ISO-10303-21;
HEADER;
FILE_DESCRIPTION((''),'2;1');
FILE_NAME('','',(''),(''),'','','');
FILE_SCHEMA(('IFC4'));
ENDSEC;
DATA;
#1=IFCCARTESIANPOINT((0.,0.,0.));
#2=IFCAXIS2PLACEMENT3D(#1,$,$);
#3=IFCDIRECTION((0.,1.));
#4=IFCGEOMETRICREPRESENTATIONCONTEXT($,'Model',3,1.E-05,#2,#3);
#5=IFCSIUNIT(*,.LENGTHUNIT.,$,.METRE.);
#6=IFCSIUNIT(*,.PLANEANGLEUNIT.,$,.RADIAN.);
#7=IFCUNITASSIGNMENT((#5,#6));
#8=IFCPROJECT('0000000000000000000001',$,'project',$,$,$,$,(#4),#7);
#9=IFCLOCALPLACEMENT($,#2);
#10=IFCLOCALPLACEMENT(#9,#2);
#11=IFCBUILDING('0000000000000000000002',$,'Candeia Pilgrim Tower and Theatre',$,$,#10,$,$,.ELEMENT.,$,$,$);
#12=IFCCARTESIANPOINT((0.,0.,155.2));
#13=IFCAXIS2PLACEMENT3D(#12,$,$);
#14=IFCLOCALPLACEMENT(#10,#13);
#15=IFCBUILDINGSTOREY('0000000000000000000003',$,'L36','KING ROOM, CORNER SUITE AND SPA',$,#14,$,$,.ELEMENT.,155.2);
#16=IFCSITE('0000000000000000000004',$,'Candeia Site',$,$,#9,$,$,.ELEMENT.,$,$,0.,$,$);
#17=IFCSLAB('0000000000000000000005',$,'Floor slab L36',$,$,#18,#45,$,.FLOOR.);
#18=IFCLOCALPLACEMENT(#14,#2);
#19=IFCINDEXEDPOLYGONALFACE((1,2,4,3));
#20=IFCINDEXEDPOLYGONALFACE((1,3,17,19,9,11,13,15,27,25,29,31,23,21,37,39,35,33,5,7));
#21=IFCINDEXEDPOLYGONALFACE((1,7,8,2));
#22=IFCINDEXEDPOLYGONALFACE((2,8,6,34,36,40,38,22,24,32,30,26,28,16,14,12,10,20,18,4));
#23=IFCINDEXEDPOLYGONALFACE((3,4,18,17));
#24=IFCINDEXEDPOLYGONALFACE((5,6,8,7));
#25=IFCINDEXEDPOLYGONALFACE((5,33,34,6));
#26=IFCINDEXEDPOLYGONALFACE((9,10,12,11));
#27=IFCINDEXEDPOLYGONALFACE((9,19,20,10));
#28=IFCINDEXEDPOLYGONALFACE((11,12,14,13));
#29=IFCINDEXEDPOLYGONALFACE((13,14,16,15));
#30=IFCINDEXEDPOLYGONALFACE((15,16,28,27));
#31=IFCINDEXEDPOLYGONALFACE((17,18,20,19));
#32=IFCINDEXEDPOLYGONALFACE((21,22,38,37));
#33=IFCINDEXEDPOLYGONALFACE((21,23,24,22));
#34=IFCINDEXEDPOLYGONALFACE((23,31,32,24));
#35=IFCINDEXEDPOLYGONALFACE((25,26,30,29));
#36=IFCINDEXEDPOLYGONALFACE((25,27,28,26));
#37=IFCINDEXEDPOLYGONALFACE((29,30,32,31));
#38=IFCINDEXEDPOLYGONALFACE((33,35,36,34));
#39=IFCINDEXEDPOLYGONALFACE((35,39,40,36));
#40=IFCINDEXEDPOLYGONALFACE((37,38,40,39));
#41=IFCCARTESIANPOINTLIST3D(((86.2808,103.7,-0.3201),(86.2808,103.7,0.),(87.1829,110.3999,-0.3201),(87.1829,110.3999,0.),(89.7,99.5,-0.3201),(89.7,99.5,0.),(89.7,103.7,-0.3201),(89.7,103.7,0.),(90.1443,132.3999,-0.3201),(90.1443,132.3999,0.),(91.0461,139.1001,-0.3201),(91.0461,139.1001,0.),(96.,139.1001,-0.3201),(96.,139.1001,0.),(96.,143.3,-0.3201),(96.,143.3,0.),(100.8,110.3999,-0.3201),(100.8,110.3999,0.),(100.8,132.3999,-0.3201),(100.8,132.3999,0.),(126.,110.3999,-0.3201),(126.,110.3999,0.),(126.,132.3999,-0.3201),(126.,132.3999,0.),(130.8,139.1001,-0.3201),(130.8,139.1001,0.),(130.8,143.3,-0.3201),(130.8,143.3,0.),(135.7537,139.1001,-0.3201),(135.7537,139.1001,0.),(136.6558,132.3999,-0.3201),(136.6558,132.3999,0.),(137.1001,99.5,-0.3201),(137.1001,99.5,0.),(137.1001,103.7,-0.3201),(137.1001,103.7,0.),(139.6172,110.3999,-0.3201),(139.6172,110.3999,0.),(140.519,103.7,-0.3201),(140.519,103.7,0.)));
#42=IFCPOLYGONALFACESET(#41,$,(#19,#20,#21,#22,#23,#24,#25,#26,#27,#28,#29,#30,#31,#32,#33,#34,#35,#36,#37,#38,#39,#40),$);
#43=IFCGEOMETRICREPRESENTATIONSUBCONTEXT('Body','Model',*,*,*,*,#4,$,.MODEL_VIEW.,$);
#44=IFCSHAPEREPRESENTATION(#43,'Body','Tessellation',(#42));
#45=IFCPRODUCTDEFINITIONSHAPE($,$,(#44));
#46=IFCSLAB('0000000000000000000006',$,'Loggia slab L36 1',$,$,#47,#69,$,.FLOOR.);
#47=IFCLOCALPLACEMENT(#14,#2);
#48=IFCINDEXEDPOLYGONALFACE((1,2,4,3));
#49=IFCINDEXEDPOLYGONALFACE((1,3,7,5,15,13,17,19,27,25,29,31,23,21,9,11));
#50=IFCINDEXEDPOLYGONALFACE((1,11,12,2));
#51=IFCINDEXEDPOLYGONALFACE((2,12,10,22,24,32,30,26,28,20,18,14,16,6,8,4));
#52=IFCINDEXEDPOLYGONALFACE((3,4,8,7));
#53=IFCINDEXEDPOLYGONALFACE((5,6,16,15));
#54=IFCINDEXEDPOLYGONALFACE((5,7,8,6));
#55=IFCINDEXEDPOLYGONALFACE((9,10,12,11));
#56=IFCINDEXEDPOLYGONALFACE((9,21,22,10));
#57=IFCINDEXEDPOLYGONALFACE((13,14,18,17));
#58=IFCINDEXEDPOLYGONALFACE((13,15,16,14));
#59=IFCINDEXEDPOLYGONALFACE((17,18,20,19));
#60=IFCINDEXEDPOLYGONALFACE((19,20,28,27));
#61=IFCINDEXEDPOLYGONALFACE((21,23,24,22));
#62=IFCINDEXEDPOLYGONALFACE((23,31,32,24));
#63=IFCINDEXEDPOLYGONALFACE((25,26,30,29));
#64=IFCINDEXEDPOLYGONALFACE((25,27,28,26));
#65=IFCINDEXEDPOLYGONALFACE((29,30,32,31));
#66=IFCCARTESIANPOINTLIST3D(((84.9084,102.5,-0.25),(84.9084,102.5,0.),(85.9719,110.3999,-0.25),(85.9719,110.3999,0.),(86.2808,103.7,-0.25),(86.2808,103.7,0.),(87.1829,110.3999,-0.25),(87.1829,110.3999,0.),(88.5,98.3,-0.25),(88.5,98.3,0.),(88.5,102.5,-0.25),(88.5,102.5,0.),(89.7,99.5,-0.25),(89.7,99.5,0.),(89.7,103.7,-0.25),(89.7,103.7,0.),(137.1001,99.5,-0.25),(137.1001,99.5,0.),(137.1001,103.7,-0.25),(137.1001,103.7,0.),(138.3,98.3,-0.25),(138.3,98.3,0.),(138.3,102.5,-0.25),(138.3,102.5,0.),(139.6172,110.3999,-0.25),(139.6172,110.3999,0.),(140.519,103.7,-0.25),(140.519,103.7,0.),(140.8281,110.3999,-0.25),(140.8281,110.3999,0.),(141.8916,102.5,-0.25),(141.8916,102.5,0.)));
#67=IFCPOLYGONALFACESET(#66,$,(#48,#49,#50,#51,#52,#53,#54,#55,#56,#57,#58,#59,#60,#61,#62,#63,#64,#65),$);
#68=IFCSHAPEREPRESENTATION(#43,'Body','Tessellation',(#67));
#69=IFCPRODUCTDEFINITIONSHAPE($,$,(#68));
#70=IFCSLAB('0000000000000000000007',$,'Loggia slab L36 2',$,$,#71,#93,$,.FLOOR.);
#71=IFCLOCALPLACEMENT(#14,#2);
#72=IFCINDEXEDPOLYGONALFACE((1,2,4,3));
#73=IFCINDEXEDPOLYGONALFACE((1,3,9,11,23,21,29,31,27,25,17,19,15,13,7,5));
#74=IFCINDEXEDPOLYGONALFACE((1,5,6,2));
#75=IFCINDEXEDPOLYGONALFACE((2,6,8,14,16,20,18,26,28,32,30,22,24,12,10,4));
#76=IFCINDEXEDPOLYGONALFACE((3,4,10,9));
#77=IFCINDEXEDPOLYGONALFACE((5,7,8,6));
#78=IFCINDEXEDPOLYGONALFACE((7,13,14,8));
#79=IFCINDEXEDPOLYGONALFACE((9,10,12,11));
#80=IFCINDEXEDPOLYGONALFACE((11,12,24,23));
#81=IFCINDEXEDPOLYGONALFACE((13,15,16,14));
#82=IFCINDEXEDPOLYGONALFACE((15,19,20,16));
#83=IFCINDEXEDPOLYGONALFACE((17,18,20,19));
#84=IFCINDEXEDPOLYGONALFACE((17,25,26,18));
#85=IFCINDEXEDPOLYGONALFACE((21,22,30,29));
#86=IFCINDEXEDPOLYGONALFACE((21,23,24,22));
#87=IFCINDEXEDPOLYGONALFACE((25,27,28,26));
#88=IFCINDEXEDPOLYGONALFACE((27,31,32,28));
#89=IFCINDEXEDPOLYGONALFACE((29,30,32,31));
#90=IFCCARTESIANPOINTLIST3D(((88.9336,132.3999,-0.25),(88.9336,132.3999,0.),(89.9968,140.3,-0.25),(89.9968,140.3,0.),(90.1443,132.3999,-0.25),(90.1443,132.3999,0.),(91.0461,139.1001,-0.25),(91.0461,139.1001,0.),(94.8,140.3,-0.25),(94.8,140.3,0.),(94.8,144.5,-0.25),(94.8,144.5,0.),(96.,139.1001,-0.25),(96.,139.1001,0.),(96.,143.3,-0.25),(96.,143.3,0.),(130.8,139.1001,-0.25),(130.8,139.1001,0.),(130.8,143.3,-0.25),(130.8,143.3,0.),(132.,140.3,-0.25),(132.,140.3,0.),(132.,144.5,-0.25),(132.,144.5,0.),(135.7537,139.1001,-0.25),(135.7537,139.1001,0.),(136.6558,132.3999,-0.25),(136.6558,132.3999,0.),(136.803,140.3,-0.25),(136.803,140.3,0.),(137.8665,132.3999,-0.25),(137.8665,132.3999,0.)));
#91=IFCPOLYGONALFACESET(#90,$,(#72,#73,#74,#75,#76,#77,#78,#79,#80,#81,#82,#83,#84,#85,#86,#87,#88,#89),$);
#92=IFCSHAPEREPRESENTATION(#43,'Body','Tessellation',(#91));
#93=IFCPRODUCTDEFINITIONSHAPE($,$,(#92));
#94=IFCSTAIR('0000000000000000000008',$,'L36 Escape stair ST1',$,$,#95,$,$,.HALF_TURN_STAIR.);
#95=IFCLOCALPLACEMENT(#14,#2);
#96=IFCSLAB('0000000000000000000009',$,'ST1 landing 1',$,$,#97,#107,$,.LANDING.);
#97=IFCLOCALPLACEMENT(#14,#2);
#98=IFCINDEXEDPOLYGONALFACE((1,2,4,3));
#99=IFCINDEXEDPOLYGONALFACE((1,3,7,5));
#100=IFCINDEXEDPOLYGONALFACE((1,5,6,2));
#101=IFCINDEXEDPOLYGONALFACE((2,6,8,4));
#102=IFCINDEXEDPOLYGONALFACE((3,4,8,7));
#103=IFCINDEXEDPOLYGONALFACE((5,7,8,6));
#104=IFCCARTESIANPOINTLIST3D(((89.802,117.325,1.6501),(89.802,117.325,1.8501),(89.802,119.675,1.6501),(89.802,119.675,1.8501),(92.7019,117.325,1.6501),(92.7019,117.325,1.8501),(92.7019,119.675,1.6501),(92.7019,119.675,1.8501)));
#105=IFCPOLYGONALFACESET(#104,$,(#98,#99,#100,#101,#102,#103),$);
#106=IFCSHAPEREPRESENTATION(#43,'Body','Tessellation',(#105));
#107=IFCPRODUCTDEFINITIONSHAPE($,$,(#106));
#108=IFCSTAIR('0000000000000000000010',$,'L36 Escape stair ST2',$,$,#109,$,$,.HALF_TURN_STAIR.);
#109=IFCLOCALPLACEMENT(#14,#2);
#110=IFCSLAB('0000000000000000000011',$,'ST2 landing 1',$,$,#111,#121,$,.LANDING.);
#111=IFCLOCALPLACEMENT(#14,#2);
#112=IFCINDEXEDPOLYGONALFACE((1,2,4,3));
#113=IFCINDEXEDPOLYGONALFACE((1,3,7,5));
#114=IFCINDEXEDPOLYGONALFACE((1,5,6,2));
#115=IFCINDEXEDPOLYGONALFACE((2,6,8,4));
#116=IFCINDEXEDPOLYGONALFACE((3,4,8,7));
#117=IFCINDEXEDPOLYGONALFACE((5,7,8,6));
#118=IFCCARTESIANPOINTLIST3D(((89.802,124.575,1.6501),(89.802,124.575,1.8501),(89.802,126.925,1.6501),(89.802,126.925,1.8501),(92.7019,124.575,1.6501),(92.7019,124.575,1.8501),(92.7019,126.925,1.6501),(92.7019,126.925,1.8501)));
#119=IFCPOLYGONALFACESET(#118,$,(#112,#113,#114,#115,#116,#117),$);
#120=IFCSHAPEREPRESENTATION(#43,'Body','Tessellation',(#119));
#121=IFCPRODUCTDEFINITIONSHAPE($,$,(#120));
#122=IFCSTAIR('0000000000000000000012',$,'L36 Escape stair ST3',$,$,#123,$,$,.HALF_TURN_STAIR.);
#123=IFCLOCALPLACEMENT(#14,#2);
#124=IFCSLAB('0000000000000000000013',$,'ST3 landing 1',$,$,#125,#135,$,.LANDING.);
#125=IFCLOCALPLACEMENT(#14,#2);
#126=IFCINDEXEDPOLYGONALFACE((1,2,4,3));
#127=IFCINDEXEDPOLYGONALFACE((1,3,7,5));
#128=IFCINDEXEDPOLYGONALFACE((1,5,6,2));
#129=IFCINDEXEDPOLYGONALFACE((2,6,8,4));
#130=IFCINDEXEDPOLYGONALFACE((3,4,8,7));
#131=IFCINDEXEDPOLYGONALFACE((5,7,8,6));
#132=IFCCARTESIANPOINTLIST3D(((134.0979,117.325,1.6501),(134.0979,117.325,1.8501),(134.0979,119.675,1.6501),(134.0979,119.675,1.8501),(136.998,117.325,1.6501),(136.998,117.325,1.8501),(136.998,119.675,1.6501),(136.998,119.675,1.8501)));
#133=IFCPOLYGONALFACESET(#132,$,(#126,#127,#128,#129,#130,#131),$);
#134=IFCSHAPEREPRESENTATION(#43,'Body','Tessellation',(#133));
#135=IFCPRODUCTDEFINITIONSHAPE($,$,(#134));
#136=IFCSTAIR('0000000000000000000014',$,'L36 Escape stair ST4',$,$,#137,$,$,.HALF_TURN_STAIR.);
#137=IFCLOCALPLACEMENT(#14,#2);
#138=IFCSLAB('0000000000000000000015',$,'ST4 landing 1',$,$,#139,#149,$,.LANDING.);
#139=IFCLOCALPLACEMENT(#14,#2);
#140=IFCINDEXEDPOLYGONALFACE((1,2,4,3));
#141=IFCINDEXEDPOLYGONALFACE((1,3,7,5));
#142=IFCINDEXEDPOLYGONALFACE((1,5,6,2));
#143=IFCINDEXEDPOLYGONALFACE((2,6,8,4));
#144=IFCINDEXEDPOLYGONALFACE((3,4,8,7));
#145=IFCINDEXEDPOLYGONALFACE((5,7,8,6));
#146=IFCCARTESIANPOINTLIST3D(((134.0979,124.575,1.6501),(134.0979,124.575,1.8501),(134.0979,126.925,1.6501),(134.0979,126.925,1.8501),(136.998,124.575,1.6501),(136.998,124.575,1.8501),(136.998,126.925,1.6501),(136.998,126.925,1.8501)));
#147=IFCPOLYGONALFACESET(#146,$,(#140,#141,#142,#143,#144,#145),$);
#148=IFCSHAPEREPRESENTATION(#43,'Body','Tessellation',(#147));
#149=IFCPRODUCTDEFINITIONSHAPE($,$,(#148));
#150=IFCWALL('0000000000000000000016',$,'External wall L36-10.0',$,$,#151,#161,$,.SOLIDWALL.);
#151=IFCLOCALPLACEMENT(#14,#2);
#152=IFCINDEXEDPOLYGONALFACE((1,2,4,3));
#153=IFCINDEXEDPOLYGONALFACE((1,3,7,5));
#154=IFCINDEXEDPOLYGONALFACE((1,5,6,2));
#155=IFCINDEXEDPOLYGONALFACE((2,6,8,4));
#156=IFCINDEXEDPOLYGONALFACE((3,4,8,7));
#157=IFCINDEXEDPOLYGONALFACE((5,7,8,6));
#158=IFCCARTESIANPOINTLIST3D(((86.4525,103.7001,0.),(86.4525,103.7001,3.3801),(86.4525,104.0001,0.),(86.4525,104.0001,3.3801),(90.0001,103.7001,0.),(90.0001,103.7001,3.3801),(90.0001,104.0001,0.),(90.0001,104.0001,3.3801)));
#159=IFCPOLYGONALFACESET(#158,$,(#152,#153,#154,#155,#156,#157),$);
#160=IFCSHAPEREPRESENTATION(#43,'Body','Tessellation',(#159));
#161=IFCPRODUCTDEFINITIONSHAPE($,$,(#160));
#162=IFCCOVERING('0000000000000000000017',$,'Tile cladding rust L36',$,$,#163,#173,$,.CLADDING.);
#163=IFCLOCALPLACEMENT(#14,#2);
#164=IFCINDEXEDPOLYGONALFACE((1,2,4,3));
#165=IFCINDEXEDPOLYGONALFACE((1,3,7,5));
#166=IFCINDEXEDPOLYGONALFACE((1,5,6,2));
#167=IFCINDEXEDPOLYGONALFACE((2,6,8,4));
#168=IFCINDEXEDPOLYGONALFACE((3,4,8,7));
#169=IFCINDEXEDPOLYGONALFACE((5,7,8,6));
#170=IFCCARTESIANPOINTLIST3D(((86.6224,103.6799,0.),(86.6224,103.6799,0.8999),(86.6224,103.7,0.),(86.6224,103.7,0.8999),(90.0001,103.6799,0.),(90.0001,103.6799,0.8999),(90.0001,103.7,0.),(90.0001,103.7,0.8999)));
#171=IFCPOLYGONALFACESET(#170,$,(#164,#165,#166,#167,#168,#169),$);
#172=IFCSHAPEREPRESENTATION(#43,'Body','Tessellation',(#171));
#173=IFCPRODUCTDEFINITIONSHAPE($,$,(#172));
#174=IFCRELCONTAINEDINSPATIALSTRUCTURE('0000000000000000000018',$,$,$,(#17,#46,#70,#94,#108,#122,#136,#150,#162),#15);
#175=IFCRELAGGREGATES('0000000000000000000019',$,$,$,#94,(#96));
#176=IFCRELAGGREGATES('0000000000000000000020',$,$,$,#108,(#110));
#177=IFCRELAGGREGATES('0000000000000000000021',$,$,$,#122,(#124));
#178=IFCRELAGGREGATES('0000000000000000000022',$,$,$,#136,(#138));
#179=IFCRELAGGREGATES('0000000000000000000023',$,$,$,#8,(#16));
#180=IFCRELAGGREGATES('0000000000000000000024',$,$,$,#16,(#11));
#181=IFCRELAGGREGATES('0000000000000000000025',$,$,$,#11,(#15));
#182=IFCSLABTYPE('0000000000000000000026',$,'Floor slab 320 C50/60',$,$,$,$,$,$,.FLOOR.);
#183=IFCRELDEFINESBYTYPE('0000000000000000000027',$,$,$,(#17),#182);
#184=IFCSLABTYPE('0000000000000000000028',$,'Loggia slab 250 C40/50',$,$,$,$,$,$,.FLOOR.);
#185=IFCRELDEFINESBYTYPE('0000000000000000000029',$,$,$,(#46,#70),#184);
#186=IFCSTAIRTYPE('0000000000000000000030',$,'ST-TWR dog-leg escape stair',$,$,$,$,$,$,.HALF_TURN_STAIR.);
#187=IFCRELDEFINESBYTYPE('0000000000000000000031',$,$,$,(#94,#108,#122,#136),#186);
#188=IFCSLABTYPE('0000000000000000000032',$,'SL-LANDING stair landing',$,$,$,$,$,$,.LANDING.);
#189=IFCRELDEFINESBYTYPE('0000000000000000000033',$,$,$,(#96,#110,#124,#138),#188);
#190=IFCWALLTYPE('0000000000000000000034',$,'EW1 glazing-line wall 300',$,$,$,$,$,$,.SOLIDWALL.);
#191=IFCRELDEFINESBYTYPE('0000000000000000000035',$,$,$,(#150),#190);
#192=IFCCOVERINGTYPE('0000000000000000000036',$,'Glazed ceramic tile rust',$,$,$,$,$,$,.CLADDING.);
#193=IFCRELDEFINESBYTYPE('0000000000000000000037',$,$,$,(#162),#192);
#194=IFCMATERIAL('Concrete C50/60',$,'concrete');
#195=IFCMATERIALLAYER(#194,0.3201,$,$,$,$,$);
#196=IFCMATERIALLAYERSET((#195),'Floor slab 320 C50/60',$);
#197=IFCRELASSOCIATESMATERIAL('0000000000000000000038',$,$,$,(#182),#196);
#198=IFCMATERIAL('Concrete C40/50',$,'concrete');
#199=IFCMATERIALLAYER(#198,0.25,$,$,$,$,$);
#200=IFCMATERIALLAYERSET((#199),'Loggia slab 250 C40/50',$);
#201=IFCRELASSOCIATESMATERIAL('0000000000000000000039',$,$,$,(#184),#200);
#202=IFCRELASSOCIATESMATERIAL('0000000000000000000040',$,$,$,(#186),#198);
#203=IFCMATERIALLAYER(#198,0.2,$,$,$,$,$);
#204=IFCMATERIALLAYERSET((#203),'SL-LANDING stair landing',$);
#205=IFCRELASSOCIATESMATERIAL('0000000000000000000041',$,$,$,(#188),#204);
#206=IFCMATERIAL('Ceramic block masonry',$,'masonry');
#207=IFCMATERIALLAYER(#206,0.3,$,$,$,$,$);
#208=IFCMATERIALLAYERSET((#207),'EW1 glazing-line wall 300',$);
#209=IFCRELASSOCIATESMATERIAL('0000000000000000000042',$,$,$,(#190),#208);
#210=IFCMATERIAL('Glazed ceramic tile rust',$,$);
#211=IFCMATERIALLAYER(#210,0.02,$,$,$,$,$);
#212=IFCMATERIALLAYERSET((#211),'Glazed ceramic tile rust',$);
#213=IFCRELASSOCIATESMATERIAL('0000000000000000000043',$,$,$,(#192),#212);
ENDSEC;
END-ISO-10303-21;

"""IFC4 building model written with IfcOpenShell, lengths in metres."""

from ifc_helpers import new_model, si_unit, direction, frame, frame_2d, origin, origin_2d, place, context, subcontext, project, spatial, polyline, rectangle, outline, extrude, material, layer, layer_set, type_object, element, aggregate, save


model = new_model("IFC4")

# Units and contexts
model_context = context("Model", 3, precision=1e-05, world=origin(), true_north=direction((0.0, 1.0)))
body_context = subcontext(model_context, "Body", "Model", "MODEL_VIEW")
ifc_project = project(units=[si_unit("LENGTHUNIT", "METRE"), si_unit("PLANEANGLEUNIT", "RADIAN")], contexts=[model_context])

# Site, building, storey
site_placement = place(None, origin())
site = spatial("IfcSite", under=ifc_project, at=site_placement, Name="Candeia Site", CompositionType="ELEMENT", RefElevation=0.0)
building_placement = place(site_placement, origin())
building = spatial("IfcBuilding", under=site, at=building_placement, Name="Candeia Pilgrim Tower and Theatre", CompositionType="ELEMENT")
storey_placement = place(building_placement, frame((0.0, 0.0, 155.2)))
storey = spatial("IfcBuildingStorey", under=building, at=storey_placement, Name="L36", Description="KING ROOM, CORNER SUITE AND SPA", CompositionType="ELEMENT", Elevation=155.2)

# Slabs
ifc_material_1 = material(Name="Concrete C40/50", Category="concrete")
ifc_material_2 = material(Name="Concrete C50/60", Category="concrete")
ifc_layer_1 = layer(ifc_material_2, 0.3201)
ifc_layer_set_1 = layer_set([ifc_layer_1], Name="Floor slab 320 C50/60")
slab_type_1 = type_object("IfcSlabType", Name="Floor slab 320 C50/60", PredefinedType="FLOOR", material=ifc_layer_set_1)
slab_1_placement = place(storey_placement, frame((0.0, 0.0, -0.3201)))
element("IfcSlab", 1, at=slab_1_placement, inside=storey, type_object=slab_type_1, Name="Floor slab L36", PredefinedType="FLOOR", context=body_context, shape_type="SweptSolid", body=[
    extrude(outline(polyline([(96.0, 139.1001), (96.0, 143.3), (130.8, 143.3), (130.8, 139.1001), (135.7537, 139.1001), (136.6558, 132.3999), (126.0, 132.3999), (126.0, 110.3999), (139.6172, 110.3999), (140.519, 103.7), (137.1001, 103.7), (137.1001, 99.5), (89.7, 99.5), (89.7, 103.7), (86.2808, 103.7), (87.1829, 110.3999), (100.8, 110.3999), (100.8, 132.3999), (90.1443, 132.3999), (91.0461, 139.1001), (96.0, 139.1001)])), origin(), (0.0, 0.0, 1.0), 0.3201),
])
ifc_layer_2 = layer(ifc_material_1, 0.25)
ifc_layer_set_2 = layer_set([ifc_layer_2], Name="Loggia slab 250 C40/50")
slab_type_2 = type_object("IfcSlabType", Name="Loggia slab 250 C40/50", PredefinedType="FLOOR", material=ifc_layer_set_2)
slab_2_placement = place(storey_placement, frame((0.0, 0.0, -0.25)))
element("IfcSlab", 2, at=slab_2_placement, inside=storey, type_object=slab_type_2, Name="Loggia slab L36 1", PredefinedType="FLOOR", context=body_context, shape_type="SweptSolid", body=[
    extrude(outline(polyline([(87.1829, 110.3999), (86.2808, 103.7), (89.7, 103.7), (89.7, 99.5), (137.1001, 99.5), (137.1001, 103.7), (140.519, 103.7), (139.6172, 110.3999), (140.8281, 110.3999), (141.8916, 102.5), (138.3, 102.5), (138.3, 98.3), (88.5, 98.3), (88.5, 102.5), (84.9084, 102.5), (85.9719, 110.3999), (87.1829, 110.3999)])), origin(), (0.0, 0.0, 1.0), 0.25),
])
slab_3_placement = place(storey_placement, frame((0.0, 0.0, -0.25)))
element("IfcSlab", 3, at=slab_3_placement, inside=storey, type_object=slab_type_2, Name="Loggia slab L36 2", PredefinedType="FLOOR", context=body_context, shape_type="SweptSolid", body=[
    extrude(outline(polyline([(136.6558, 132.3999), (135.7537, 139.1001), (130.8, 139.1001), (130.8, 143.3), (96.0, 143.3), (96.0, 139.1001), (91.0461, 139.1001), (90.1443, 132.3999), (88.9336, 132.3999), (89.9968, 140.3), (94.8, 140.3), (94.8, 144.5), (132.0, 144.5), (132.0, 140.3), (136.803, 140.3), (137.8665, 132.3999), (136.6558, 132.3999)])), origin(), (0.0, 0.0, 1.0), 0.25),
])

# Stairs, slabs
stair_type = type_object("IfcStairType", Name="ST-TWR dog-leg escape stair", PredefinedType="HALF_TURN_STAIR", material=ifc_material_1)
stair_1_placement = place(storey_placement, origin())
stair_1 = element("IfcStair", 4, at=stair_1_placement, inside=storey, type_object=stair_type, Name="L36 Escape stair ST1", PredefinedType="HALF_TURN_STAIR")
ifc_layer_3 = layer(ifc_material_1, 0.2)
ifc_layer_set_3 = layer_set([ifc_layer_3], Name="SL-LANDING stair landing")
slab_type_3 = type_object("IfcSlabType", Name="SL-LANDING stair landing", PredefinedType="LANDING", material=ifc_layer_set_3)
slab_4_placement = place(storey_placement, frame((0.0, 0.0, 1.6501)))
slab_4 = element("IfcSlab", 5, at=slab_4_placement, type_object=slab_type_3, Name="ST1 landing 1", PredefinedType="LANDING", context=body_context, shape_type="SweptSolid", body=[
    extrude(outline(polyline([(89.802, 119.675), (89.802, 117.325), (92.7019, 117.325), (92.7019, 119.675), (89.802, 119.675)])), origin(), (0.0, 0.0, 1.0), 0.2),
])
aggregate(stair_1, [slab_4])
stair_2_placement = place(storey_placement, origin())
stair_2 = element("IfcStair", 6, at=stair_2_placement, inside=storey, type_object=stair_type, Name="L36 Escape stair ST2", PredefinedType="HALF_TURN_STAIR")
slab_5_placement = place(storey_placement, frame((0.0, 0.0, 1.6501)))
slab_5 = element("IfcSlab", 7, at=slab_5_placement, type_object=slab_type_3, Name="ST2 landing 1", PredefinedType="LANDING", context=body_context, shape_type="SweptSolid", body=[
    extrude(outline(polyline([(89.802, 126.925), (89.802, 124.575), (92.7019, 124.575), (92.7019, 126.925), (89.802, 126.925)])), origin(), (0.0, 0.0, 1.0), 0.2),
])
aggregate(stair_2, [slab_5])
stair_3_placement = place(storey_placement, origin())
stair_3 = element("IfcStair", 8, at=stair_3_placement, inside=storey, type_object=stair_type, Name="L36 Escape stair ST3", PredefinedType="HALF_TURN_STAIR")
slab_6_placement = place(storey_placement, frame((0.0, 0.0, 1.6501)))
slab_6 = element("IfcSlab", 9, at=slab_6_placement, type_object=slab_type_3, Name="ST3 landing 1", PredefinedType="LANDING", context=body_context, shape_type="SweptSolid", body=[
    extrude(outline(polyline([(134.0979, 119.675), (134.0979, 117.325), (136.998, 117.325), (136.998, 119.675), (134.0979, 119.675)])), origin(), (0.0, 0.0, 1.0), 0.2),
])
aggregate(stair_3, [slab_6])
stair_4_placement = place(storey_placement, origin())
stair_4 = element("IfcStair", 10, at=stair_4_placement, inside=storey, type_object=stair_type, Name="L36 Escape stair ST4", PredefinedType="HALF_TURN_STAIR")
slab_7_placement = place(storey_placement, frame((0.0, 0.0, 1.6501)))
slab_7 = element("IfcSlab", 11, at=slab_7_placement, type_object=slab_type_3, Name="ST4 landing 1", PredefinedType="LANDING", context=body_context, shape_type="SweptSolid", body=[
    extrude(outline(polyline([(134.0979, 126.925), (134.0979, 124.575), (136.998, 124.575), (136.998, 126.925), (134.0979, 126.925)])), origin(), (0.0, 0.0, 1.0), 0.2),
])
aggregate(stair_4, [slab_7])

# Wall
ifc_material_3 = material(Name="Ceramic block masonry", Category="masonry")
ifc_layer_4 = layer(ifc_material_3, 0.3)
ifc_layer_set_4 = layer_set([ifc_layer_4], Name="EW1 glazing-line wall 300")
wall_type = type_object("IfcWallType", Name="EW1 glazing-line wall 300", PredefinedType="SOLIDWALL", material=ifc_layer_set_4)
wall_placement = place(storey_placement, frame((86.4524, 103.8501, 0.0), z_axis=(0.0, 0.0, 1.0), x_axis=(1.0, 0.0, 0.0)))
element("IfcWall", 12, at=wall_placement, inside=storey, type_object=wall_type, Name="External wall L36-10.0", PredefinedType="SOLIDWALL", context=body_context, shape_type="SweptSolid", body=[
    extrude(rectangle(XDim=3.5476, YDim=0.3, at=frame_2d((1.7739, 0.0))), origin(), (0.0, 0.0, 1.0), 3.3801),
])

# Covering
ifc_material_4 = material(Name="Glazed ceramic tile rust")
ifc_layer_5 = layer(ifc_material_4, 0.02)
ifc_layer_set_5 = layer_set([ifc_layer_5], Name="Glazed ceramic tile rust")
covering_type = type_object("IfcCoveringType", Name="Glazed ceramic tile rust", PredefinedType="CLADDING", material=ifc_layer_set_5)
covering_placement = place(storey_placement, frame((88.3113, 103.6899, 0.0), z_axis=(0.0, 0.0, 1.0), x_axis=(1.0, 0.0, 0.0)))
element("IfcCovering", 13, at=covering_placement, inside=storey, type_object=covering_type, Name="Tile cladding rust L36", PredefinedType="CLADDING", context=body_context, shape_type="SweptSolid", body=[
    extrude(rectangle(XDim=3.3777, YDim=0.02, at=origin_2d()), origin(), (0.0, 0.0, 1.0), 0.8999),
])

save(model, "model.ifc")
